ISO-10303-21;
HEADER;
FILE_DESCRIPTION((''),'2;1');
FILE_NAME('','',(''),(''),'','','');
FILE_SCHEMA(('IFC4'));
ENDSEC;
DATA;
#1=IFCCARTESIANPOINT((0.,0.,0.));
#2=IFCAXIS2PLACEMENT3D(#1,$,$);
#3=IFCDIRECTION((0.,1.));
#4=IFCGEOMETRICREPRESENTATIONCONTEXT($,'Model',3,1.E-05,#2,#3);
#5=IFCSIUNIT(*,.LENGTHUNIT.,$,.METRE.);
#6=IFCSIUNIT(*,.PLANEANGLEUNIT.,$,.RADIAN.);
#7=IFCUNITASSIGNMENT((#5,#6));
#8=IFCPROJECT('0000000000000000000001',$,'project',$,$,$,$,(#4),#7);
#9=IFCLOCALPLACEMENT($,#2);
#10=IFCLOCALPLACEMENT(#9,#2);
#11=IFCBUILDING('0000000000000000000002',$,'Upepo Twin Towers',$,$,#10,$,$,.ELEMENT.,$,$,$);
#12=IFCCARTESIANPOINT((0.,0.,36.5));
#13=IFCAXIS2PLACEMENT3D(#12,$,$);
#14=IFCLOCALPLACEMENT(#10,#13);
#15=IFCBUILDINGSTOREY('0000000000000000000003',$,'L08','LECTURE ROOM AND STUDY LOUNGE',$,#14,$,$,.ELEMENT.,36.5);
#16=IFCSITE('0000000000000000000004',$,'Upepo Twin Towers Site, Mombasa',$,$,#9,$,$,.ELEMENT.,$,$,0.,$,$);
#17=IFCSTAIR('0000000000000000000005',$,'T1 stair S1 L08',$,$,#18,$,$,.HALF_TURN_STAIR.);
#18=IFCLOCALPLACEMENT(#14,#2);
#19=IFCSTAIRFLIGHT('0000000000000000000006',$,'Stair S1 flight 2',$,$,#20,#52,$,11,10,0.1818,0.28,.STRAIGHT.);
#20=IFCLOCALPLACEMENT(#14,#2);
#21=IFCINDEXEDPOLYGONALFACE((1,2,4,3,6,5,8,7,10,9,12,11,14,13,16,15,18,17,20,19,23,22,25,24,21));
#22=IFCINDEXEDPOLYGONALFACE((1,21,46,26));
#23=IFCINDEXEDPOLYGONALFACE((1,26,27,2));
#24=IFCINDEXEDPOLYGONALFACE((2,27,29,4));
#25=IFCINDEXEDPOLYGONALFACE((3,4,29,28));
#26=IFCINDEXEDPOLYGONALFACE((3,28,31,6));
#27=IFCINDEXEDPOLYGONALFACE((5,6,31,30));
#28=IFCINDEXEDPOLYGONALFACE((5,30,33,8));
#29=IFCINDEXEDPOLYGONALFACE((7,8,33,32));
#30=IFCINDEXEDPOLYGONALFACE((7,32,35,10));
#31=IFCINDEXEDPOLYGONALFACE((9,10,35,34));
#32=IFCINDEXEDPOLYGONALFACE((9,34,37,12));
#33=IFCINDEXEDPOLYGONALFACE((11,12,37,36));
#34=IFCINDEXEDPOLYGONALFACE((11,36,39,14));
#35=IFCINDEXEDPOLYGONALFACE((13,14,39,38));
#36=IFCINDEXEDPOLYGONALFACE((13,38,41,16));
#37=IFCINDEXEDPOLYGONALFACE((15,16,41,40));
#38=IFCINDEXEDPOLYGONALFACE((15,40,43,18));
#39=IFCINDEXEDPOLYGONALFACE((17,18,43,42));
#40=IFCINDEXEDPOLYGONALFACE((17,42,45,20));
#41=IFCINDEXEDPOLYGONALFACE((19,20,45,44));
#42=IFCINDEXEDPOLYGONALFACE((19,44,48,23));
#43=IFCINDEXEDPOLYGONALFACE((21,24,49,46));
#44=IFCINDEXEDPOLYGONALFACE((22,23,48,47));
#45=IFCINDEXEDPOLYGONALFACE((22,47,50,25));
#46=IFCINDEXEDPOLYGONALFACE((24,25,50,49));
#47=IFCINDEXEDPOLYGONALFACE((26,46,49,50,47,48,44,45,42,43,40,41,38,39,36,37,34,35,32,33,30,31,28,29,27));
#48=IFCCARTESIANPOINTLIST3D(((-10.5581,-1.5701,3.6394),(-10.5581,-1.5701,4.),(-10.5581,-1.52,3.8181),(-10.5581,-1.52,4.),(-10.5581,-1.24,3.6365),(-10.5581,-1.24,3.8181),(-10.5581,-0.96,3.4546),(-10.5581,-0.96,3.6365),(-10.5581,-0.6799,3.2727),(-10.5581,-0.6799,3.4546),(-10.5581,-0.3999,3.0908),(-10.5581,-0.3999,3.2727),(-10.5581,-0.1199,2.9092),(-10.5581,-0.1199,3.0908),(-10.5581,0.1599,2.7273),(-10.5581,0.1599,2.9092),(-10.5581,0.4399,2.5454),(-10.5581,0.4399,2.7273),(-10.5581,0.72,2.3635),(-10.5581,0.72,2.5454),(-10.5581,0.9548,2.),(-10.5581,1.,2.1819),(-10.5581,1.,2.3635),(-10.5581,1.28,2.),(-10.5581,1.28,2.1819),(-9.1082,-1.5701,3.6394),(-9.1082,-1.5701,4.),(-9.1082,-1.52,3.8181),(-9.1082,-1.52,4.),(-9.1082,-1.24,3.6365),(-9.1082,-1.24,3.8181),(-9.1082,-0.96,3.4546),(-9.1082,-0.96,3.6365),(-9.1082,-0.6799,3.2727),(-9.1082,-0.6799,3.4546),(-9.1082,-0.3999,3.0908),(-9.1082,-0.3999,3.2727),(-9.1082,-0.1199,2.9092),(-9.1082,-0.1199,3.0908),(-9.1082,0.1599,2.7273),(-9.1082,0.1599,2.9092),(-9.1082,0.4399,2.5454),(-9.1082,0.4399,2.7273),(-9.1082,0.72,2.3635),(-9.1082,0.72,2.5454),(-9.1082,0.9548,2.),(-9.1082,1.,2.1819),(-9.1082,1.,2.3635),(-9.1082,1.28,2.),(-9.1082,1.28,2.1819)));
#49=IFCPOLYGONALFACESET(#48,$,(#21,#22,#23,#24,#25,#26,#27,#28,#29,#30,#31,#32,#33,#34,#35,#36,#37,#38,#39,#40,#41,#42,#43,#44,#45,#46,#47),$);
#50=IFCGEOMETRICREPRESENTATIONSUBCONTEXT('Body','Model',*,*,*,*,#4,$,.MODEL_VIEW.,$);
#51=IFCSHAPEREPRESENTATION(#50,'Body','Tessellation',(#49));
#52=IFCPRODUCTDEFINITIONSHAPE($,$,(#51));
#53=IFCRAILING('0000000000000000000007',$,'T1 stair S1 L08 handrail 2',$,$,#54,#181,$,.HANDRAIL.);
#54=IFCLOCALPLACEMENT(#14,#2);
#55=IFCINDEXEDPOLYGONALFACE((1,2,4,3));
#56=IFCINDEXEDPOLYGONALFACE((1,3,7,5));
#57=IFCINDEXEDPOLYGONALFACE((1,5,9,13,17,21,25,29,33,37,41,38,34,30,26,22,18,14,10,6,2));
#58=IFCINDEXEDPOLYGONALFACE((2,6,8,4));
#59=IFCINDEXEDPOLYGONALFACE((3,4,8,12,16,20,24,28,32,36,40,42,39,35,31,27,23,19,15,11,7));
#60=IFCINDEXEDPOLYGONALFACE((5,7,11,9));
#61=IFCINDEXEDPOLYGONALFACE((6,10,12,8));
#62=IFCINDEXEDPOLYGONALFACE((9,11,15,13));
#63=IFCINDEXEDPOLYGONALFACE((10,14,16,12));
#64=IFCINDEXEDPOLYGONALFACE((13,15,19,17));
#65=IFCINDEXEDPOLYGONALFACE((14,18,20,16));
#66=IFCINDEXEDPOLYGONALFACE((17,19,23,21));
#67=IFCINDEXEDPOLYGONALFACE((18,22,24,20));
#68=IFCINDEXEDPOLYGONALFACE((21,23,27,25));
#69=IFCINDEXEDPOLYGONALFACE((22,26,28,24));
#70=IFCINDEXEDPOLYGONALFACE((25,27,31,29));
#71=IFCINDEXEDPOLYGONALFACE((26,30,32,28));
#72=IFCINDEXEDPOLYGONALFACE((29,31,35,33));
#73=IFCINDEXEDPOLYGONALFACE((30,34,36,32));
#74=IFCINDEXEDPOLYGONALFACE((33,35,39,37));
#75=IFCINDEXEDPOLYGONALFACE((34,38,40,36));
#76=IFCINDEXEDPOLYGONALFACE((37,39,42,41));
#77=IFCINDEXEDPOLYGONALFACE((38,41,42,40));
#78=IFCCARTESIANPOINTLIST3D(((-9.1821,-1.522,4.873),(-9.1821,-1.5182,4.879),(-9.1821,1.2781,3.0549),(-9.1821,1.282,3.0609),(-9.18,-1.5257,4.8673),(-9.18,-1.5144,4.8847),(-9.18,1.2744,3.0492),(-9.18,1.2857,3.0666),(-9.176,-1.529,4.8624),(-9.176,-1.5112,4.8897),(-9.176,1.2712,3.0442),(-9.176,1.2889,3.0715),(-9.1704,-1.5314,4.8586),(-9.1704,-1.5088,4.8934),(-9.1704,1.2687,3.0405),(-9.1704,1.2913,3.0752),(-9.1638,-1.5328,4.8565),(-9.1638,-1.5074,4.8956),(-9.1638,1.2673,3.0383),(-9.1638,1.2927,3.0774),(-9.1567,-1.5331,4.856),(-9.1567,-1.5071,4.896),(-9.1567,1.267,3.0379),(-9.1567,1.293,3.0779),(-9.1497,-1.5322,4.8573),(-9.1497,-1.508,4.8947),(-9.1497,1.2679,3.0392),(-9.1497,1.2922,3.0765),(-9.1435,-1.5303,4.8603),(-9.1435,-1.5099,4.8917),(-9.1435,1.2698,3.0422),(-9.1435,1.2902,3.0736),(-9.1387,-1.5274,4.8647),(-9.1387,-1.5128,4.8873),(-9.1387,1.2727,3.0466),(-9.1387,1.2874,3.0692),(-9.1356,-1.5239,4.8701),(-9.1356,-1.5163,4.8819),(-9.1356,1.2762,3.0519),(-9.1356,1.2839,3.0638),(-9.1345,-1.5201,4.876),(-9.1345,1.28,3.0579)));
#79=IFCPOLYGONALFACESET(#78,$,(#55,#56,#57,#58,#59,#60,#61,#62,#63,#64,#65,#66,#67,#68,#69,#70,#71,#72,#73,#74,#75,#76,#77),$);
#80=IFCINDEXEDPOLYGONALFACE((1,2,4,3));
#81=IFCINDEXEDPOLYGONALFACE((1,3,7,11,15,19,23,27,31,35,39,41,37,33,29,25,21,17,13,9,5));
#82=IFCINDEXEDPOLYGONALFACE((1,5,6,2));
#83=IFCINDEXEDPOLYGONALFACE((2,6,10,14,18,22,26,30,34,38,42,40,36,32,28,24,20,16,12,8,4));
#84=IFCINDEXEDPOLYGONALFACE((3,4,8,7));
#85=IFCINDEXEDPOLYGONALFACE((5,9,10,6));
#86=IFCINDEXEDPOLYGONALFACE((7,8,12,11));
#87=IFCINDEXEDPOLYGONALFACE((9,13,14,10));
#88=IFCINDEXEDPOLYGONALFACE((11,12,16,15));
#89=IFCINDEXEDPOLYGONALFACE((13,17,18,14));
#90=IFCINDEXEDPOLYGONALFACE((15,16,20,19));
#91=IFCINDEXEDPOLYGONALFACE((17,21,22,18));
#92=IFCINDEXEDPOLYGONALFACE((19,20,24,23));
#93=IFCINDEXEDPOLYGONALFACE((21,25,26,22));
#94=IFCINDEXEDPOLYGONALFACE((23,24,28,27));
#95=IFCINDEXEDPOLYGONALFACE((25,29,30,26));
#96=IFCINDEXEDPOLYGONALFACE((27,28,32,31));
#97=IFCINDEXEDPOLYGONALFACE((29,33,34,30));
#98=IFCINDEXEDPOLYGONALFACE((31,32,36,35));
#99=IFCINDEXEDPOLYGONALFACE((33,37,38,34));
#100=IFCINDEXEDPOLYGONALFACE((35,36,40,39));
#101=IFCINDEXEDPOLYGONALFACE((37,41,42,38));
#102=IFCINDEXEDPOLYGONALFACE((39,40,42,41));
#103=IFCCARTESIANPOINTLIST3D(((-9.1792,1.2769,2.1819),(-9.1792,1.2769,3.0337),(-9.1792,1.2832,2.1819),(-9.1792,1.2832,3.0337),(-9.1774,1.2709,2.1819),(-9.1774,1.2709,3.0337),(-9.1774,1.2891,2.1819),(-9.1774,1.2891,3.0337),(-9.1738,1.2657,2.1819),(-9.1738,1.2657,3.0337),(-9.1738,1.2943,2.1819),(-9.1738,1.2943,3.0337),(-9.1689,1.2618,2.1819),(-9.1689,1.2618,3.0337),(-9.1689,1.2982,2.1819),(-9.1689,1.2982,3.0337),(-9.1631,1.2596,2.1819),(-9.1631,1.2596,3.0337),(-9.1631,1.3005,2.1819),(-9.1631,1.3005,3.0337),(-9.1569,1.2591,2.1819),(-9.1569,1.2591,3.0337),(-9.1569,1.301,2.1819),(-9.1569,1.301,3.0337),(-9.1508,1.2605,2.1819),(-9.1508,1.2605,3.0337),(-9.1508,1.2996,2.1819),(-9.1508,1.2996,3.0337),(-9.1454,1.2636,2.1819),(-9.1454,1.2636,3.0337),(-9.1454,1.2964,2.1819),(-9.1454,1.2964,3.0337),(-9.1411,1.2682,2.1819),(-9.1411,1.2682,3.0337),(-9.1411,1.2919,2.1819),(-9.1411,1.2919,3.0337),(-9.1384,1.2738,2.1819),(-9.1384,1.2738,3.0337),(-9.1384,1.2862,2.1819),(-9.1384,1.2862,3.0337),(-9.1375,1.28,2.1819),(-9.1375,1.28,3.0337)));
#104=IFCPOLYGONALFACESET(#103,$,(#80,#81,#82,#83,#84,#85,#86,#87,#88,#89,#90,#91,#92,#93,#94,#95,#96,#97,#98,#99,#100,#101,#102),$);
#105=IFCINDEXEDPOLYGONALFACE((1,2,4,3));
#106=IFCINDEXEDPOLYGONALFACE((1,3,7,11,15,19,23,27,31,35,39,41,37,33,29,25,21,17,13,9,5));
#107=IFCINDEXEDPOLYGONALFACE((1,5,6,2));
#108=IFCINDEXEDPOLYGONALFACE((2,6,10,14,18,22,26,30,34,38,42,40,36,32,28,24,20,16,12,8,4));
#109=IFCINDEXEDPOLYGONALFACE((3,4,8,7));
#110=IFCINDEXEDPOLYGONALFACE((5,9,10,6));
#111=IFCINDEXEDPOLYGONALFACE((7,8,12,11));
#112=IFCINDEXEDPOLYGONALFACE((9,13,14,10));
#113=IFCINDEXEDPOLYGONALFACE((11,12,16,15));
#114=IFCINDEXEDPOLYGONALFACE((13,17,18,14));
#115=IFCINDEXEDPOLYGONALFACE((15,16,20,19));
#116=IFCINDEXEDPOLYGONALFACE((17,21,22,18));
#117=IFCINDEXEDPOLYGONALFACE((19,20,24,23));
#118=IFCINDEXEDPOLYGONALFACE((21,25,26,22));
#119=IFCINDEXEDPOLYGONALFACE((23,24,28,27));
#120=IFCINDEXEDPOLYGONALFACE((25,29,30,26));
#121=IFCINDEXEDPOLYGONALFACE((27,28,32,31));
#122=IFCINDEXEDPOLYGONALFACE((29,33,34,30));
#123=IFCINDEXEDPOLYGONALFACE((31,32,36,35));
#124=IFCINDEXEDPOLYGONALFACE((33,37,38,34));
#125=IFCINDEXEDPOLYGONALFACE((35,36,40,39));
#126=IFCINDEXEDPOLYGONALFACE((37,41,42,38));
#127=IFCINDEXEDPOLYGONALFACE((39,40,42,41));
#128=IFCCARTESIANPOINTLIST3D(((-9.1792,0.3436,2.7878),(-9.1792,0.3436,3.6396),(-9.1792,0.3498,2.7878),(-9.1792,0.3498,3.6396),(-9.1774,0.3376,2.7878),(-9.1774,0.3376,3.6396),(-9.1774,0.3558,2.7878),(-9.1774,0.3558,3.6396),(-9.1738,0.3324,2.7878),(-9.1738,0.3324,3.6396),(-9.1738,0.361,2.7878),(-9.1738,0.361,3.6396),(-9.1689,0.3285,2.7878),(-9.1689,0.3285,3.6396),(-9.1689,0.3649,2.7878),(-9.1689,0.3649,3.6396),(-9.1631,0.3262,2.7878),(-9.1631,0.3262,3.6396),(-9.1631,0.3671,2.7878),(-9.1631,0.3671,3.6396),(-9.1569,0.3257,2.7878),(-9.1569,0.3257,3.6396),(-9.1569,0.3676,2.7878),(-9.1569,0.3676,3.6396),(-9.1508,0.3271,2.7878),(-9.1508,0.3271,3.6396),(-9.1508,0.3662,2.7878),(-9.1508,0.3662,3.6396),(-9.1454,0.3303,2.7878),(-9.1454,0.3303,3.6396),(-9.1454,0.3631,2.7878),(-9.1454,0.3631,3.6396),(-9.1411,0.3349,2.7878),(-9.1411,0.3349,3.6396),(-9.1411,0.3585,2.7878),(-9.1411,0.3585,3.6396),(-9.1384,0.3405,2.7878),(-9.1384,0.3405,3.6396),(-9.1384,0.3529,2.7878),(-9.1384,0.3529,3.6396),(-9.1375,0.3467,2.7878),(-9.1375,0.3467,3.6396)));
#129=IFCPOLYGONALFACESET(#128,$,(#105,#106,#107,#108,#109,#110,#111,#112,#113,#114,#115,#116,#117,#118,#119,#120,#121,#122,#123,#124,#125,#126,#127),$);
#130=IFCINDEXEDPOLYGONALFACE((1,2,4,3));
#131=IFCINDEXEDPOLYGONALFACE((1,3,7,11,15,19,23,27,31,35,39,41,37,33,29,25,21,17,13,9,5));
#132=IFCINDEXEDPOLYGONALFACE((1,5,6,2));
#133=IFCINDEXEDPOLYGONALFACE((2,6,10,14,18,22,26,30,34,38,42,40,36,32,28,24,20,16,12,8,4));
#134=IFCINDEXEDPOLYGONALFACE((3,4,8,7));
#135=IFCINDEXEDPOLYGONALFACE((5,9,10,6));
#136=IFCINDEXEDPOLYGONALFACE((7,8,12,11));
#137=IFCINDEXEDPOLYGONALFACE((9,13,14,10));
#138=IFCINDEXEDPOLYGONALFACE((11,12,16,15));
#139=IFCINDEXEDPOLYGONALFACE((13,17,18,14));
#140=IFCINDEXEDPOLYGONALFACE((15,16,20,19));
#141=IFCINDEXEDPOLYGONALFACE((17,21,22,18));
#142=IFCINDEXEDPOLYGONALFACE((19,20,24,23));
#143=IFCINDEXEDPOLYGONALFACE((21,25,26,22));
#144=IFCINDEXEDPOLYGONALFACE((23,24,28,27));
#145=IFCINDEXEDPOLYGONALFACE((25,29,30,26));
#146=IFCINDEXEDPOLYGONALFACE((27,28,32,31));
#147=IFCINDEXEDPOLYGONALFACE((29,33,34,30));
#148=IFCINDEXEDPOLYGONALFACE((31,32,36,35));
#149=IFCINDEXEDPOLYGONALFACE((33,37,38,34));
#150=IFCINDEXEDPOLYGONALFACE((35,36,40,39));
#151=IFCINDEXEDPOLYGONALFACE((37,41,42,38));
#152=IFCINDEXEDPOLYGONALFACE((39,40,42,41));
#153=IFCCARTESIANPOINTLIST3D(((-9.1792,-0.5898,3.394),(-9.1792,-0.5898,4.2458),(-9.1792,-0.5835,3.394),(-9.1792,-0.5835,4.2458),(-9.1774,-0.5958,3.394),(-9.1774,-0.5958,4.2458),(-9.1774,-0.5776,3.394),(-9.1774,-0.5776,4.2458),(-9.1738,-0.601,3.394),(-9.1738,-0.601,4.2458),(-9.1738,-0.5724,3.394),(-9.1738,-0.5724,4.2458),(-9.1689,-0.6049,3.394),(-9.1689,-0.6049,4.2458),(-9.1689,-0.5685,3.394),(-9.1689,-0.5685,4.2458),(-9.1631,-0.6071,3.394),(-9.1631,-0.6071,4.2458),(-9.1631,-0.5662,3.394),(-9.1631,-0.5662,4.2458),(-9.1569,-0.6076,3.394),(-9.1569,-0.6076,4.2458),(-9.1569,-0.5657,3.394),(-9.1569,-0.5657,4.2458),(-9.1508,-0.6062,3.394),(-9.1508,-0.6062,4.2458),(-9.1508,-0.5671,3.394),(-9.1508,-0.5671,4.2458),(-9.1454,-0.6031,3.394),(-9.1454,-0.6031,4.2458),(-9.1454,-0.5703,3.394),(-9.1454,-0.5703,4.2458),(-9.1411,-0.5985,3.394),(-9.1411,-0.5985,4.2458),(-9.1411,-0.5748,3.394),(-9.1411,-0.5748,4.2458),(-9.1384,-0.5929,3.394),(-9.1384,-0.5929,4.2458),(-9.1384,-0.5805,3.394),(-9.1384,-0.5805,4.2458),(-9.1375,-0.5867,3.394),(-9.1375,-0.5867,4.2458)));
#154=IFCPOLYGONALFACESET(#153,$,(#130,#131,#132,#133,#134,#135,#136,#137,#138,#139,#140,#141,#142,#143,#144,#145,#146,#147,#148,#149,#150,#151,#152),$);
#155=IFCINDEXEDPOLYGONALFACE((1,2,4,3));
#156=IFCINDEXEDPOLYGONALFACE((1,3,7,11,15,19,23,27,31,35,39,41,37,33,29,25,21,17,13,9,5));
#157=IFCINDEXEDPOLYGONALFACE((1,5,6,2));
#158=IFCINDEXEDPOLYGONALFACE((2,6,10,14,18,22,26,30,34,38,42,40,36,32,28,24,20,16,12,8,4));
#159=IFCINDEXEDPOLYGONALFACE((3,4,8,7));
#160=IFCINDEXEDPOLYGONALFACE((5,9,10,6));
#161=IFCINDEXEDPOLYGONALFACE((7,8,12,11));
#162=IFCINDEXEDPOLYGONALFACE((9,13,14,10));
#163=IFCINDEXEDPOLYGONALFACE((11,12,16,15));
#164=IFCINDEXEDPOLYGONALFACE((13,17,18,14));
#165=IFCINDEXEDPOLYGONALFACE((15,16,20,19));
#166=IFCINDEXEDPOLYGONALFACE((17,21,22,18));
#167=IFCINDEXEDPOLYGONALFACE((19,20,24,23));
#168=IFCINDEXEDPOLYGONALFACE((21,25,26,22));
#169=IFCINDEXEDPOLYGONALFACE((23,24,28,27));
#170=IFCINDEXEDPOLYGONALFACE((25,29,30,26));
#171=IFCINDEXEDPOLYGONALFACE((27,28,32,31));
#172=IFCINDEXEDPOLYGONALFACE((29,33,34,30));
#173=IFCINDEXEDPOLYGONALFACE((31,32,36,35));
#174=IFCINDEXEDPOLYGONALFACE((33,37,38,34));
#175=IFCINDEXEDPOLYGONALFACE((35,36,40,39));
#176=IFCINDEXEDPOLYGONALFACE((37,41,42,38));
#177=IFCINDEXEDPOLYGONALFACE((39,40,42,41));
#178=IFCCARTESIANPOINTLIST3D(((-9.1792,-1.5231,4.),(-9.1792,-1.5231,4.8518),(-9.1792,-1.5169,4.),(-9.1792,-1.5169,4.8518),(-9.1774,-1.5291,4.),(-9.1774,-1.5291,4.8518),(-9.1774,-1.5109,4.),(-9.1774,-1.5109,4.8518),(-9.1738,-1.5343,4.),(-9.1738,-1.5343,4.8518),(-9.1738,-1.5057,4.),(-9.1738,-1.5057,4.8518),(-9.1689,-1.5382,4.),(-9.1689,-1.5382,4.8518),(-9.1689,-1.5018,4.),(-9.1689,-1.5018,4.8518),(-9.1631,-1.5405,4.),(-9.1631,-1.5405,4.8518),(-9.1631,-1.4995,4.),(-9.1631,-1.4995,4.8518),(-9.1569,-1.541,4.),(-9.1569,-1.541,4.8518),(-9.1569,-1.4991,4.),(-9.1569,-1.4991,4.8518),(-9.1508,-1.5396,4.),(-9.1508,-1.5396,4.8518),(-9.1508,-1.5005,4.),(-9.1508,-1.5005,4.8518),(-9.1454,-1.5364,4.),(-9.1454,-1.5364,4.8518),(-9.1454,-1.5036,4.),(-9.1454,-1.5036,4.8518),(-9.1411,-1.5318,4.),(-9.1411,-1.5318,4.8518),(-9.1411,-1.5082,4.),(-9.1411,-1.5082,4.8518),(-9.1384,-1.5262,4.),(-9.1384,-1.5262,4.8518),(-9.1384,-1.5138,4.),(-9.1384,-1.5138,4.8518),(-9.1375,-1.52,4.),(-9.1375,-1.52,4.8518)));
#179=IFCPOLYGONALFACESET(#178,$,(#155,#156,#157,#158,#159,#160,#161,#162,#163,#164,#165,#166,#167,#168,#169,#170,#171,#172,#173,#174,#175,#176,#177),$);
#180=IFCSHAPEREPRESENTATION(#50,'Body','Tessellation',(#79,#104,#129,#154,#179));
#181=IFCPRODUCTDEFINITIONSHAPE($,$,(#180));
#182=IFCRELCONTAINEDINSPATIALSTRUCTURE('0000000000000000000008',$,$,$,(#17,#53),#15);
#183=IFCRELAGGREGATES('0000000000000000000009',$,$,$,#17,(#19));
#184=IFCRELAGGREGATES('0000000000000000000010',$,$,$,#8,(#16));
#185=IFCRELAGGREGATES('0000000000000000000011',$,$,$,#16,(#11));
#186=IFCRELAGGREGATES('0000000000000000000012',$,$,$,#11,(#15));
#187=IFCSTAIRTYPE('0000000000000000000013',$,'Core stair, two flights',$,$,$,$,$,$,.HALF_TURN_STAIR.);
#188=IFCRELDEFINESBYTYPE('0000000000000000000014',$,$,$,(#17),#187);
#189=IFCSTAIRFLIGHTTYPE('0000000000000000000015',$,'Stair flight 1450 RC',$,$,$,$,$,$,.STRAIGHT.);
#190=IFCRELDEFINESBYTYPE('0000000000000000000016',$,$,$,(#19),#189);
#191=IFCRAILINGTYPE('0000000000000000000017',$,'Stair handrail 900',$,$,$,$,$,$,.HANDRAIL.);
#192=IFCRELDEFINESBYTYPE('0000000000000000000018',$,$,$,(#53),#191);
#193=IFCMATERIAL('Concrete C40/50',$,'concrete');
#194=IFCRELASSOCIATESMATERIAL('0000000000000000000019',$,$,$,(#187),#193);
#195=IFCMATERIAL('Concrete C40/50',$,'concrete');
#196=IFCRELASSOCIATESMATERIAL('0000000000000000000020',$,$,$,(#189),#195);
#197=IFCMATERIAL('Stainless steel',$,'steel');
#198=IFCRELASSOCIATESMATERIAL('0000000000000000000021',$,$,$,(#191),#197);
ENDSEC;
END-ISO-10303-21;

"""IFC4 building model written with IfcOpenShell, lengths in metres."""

from ifc_helpers import new_model, si_unit, direction, frame, origin, origin_2d, place, context, subcontext, project, spatial, polyline, circle, outline, extrude, material, type_object, element, aggregate, save


model = new_model("IFC4")

# Units and contexts
model_context = context("Model", 3, precision=1e-05, world=origin(), true_north=direction((0.0, 1.0)))
body_context = subcontext(model_context, "Body", "Model", "MODEL_VIEW")
ifc_project = project(units=[si_unit("LENGTHUNIT", "METRE"), si_unit("PLANEANGLEUNIT", "RADIAN")], contexts=[model_context])

# Site, building, storey
site_placement = place(None, origin())
site = spatial("IfcSite", under=ifc_project, at=site_placement, Name="Upepo Twin Towers Site, Mombasa", CompositionType="ELEMENT", RefElevation=0.0)
building_placement = place(site_placement, origin())
building = spatial("IfcBuilding", under=site, at=building_placement, Name="Upepo Twin Towers", CompositionType="ELEMENT")
storey_placement = place(building_placement, frame((0.0, 0.0, 36.5)))
storey = spatial("IfcBuildingStorey", under=building, at=storey_placement, Name="L08", Description="LECTURE ROOM AND STUDY LOUNGE", CompositionType="ELEMENT", Elevation=36.5)

# Stair, stair flight
ifc_material_1 = material(Name="Concrete C40/50", Category="concrete")
stair_type = type_object("IfcStairType", Name="Core stair, two flights", PredefinedType="HALF_TURN_STAIR", material=ifc_material_1)
stair_placement = place(storey_placement, origin())
stair = element("IfcStair", 1, at=stair_placement, inside=storey, type_object=stair_type, Name="T1 stair S1 L08", PredefinedType="HALF_TURN_STAIR")
ifc_material_2 = material(Name="Concrete C40/50", Category="concrete")
stair_flight_type = type_object("IfcStairFlightType", Name="Stair flight 1450 RC", PredefinedType="STRAIGHT", material=ifc_material_2)
stair_flight_placement = place(storey_placement, frame((-9.8333, 1.28, 2.0), z_axis=(0.0, 0.0, 1.0), x_axis=(0.0, -1.0, 0.0)))
stair_flight = element("IfcStairFlight", 2, at=stair_flight_placement, type_object=stair_flight_type, Name="Stair S1 flight 2", NumberOfRisers=11, NumberOfTreads=10, PredefinedType="STRAIGHT", RiserHeight=0.1818, TreadLength=0.28, context=body_context, shape_type="SweptSolid", body=[
    extrude(outline(polyline([(0.0, 0.0), (0.0, 0.1819), (0.28, 0.1819), (0.28, 0.3635), (0.5601, 0.3635), (0.5601, 0.5454), (0.8401, 0.5454), (0.8401, 0.7273), (1.1201, 0.7273), (1.1201, 0.9092), (1.3999, 0.9092), (1.3999, 1.0908), (1.6799, 1.0908), (1.6799, 1.2727), (1.96, 1.2727), (1.96, 1.4546), (2.24, 1.4546), (2.24, 1.6365), (2.52, 1.6365), (2.52, 1.8181), (2.8, 1.8181), (2.8, 2.0), (2.8501, 2.0), (2.8501, 1.6394), (0.3252, 0.0), (0.0, 0.0)])), frame((0.0, 0.7251, 0.0), z_axis=(0.0, -1.0, 0.0), x_axis=(1.0, 0.0, 0.0)), (0.0, 0.0, 1.0), 1.45),
])
aggregate(stair, [stair_flight])

# Railing
ifc_material_3 = material(Name="Stainless steel", Category="steel")
railing_type = type_object("IfcRailingType", Name="Stair handrail 900", PredefinedType="HANDRAIL", material=ifc_material_3)
railing_placement = place(storey_placement, frame((-9.1584, 1.28, 2.1819)))
element("IfcRailing", 3, at=railing_placement, inside=storey, type_object=railing_type, Name="T1 stair S1 L08 handrail 2", PredefinedType="HANDRAIL", context=body_context, shape_type="SweptSolid", body=[
    extrude(circle(Radius=0.0239, at=origin_2d()), frame((0.0, 0.0, 0.876), z_axis=(0.0, -0.838706, 0.544585), x_axis=(1.0, 0.0, 0.0)), (0.0, 0.0, 1.0), 3.3386),
    extrude(circle(Radius=0.021, at=origin_2d()), origin(), (0.0, 0.0, 1.0), 0.8518),
    extrude(circle(Radius=0.021, at=origin_2d()), frame((0.0, -0.9333, 0.606)), (0.0, 0.0, 1.0), 0.8518),
    extrude(circle(Radius=0.021, at=origin_2d()), frame((0.0, -1.8667, 1.2122)), (0.0, 0.0, 1.0), 0.8518),
    extrude(circle(Radius=0.021, at=origin_2d()), frame((0.0, -2.8, 1.8181)), (0.0, 0.0, 1.0), 0.8518),
])

save(model, "model.ifc")
